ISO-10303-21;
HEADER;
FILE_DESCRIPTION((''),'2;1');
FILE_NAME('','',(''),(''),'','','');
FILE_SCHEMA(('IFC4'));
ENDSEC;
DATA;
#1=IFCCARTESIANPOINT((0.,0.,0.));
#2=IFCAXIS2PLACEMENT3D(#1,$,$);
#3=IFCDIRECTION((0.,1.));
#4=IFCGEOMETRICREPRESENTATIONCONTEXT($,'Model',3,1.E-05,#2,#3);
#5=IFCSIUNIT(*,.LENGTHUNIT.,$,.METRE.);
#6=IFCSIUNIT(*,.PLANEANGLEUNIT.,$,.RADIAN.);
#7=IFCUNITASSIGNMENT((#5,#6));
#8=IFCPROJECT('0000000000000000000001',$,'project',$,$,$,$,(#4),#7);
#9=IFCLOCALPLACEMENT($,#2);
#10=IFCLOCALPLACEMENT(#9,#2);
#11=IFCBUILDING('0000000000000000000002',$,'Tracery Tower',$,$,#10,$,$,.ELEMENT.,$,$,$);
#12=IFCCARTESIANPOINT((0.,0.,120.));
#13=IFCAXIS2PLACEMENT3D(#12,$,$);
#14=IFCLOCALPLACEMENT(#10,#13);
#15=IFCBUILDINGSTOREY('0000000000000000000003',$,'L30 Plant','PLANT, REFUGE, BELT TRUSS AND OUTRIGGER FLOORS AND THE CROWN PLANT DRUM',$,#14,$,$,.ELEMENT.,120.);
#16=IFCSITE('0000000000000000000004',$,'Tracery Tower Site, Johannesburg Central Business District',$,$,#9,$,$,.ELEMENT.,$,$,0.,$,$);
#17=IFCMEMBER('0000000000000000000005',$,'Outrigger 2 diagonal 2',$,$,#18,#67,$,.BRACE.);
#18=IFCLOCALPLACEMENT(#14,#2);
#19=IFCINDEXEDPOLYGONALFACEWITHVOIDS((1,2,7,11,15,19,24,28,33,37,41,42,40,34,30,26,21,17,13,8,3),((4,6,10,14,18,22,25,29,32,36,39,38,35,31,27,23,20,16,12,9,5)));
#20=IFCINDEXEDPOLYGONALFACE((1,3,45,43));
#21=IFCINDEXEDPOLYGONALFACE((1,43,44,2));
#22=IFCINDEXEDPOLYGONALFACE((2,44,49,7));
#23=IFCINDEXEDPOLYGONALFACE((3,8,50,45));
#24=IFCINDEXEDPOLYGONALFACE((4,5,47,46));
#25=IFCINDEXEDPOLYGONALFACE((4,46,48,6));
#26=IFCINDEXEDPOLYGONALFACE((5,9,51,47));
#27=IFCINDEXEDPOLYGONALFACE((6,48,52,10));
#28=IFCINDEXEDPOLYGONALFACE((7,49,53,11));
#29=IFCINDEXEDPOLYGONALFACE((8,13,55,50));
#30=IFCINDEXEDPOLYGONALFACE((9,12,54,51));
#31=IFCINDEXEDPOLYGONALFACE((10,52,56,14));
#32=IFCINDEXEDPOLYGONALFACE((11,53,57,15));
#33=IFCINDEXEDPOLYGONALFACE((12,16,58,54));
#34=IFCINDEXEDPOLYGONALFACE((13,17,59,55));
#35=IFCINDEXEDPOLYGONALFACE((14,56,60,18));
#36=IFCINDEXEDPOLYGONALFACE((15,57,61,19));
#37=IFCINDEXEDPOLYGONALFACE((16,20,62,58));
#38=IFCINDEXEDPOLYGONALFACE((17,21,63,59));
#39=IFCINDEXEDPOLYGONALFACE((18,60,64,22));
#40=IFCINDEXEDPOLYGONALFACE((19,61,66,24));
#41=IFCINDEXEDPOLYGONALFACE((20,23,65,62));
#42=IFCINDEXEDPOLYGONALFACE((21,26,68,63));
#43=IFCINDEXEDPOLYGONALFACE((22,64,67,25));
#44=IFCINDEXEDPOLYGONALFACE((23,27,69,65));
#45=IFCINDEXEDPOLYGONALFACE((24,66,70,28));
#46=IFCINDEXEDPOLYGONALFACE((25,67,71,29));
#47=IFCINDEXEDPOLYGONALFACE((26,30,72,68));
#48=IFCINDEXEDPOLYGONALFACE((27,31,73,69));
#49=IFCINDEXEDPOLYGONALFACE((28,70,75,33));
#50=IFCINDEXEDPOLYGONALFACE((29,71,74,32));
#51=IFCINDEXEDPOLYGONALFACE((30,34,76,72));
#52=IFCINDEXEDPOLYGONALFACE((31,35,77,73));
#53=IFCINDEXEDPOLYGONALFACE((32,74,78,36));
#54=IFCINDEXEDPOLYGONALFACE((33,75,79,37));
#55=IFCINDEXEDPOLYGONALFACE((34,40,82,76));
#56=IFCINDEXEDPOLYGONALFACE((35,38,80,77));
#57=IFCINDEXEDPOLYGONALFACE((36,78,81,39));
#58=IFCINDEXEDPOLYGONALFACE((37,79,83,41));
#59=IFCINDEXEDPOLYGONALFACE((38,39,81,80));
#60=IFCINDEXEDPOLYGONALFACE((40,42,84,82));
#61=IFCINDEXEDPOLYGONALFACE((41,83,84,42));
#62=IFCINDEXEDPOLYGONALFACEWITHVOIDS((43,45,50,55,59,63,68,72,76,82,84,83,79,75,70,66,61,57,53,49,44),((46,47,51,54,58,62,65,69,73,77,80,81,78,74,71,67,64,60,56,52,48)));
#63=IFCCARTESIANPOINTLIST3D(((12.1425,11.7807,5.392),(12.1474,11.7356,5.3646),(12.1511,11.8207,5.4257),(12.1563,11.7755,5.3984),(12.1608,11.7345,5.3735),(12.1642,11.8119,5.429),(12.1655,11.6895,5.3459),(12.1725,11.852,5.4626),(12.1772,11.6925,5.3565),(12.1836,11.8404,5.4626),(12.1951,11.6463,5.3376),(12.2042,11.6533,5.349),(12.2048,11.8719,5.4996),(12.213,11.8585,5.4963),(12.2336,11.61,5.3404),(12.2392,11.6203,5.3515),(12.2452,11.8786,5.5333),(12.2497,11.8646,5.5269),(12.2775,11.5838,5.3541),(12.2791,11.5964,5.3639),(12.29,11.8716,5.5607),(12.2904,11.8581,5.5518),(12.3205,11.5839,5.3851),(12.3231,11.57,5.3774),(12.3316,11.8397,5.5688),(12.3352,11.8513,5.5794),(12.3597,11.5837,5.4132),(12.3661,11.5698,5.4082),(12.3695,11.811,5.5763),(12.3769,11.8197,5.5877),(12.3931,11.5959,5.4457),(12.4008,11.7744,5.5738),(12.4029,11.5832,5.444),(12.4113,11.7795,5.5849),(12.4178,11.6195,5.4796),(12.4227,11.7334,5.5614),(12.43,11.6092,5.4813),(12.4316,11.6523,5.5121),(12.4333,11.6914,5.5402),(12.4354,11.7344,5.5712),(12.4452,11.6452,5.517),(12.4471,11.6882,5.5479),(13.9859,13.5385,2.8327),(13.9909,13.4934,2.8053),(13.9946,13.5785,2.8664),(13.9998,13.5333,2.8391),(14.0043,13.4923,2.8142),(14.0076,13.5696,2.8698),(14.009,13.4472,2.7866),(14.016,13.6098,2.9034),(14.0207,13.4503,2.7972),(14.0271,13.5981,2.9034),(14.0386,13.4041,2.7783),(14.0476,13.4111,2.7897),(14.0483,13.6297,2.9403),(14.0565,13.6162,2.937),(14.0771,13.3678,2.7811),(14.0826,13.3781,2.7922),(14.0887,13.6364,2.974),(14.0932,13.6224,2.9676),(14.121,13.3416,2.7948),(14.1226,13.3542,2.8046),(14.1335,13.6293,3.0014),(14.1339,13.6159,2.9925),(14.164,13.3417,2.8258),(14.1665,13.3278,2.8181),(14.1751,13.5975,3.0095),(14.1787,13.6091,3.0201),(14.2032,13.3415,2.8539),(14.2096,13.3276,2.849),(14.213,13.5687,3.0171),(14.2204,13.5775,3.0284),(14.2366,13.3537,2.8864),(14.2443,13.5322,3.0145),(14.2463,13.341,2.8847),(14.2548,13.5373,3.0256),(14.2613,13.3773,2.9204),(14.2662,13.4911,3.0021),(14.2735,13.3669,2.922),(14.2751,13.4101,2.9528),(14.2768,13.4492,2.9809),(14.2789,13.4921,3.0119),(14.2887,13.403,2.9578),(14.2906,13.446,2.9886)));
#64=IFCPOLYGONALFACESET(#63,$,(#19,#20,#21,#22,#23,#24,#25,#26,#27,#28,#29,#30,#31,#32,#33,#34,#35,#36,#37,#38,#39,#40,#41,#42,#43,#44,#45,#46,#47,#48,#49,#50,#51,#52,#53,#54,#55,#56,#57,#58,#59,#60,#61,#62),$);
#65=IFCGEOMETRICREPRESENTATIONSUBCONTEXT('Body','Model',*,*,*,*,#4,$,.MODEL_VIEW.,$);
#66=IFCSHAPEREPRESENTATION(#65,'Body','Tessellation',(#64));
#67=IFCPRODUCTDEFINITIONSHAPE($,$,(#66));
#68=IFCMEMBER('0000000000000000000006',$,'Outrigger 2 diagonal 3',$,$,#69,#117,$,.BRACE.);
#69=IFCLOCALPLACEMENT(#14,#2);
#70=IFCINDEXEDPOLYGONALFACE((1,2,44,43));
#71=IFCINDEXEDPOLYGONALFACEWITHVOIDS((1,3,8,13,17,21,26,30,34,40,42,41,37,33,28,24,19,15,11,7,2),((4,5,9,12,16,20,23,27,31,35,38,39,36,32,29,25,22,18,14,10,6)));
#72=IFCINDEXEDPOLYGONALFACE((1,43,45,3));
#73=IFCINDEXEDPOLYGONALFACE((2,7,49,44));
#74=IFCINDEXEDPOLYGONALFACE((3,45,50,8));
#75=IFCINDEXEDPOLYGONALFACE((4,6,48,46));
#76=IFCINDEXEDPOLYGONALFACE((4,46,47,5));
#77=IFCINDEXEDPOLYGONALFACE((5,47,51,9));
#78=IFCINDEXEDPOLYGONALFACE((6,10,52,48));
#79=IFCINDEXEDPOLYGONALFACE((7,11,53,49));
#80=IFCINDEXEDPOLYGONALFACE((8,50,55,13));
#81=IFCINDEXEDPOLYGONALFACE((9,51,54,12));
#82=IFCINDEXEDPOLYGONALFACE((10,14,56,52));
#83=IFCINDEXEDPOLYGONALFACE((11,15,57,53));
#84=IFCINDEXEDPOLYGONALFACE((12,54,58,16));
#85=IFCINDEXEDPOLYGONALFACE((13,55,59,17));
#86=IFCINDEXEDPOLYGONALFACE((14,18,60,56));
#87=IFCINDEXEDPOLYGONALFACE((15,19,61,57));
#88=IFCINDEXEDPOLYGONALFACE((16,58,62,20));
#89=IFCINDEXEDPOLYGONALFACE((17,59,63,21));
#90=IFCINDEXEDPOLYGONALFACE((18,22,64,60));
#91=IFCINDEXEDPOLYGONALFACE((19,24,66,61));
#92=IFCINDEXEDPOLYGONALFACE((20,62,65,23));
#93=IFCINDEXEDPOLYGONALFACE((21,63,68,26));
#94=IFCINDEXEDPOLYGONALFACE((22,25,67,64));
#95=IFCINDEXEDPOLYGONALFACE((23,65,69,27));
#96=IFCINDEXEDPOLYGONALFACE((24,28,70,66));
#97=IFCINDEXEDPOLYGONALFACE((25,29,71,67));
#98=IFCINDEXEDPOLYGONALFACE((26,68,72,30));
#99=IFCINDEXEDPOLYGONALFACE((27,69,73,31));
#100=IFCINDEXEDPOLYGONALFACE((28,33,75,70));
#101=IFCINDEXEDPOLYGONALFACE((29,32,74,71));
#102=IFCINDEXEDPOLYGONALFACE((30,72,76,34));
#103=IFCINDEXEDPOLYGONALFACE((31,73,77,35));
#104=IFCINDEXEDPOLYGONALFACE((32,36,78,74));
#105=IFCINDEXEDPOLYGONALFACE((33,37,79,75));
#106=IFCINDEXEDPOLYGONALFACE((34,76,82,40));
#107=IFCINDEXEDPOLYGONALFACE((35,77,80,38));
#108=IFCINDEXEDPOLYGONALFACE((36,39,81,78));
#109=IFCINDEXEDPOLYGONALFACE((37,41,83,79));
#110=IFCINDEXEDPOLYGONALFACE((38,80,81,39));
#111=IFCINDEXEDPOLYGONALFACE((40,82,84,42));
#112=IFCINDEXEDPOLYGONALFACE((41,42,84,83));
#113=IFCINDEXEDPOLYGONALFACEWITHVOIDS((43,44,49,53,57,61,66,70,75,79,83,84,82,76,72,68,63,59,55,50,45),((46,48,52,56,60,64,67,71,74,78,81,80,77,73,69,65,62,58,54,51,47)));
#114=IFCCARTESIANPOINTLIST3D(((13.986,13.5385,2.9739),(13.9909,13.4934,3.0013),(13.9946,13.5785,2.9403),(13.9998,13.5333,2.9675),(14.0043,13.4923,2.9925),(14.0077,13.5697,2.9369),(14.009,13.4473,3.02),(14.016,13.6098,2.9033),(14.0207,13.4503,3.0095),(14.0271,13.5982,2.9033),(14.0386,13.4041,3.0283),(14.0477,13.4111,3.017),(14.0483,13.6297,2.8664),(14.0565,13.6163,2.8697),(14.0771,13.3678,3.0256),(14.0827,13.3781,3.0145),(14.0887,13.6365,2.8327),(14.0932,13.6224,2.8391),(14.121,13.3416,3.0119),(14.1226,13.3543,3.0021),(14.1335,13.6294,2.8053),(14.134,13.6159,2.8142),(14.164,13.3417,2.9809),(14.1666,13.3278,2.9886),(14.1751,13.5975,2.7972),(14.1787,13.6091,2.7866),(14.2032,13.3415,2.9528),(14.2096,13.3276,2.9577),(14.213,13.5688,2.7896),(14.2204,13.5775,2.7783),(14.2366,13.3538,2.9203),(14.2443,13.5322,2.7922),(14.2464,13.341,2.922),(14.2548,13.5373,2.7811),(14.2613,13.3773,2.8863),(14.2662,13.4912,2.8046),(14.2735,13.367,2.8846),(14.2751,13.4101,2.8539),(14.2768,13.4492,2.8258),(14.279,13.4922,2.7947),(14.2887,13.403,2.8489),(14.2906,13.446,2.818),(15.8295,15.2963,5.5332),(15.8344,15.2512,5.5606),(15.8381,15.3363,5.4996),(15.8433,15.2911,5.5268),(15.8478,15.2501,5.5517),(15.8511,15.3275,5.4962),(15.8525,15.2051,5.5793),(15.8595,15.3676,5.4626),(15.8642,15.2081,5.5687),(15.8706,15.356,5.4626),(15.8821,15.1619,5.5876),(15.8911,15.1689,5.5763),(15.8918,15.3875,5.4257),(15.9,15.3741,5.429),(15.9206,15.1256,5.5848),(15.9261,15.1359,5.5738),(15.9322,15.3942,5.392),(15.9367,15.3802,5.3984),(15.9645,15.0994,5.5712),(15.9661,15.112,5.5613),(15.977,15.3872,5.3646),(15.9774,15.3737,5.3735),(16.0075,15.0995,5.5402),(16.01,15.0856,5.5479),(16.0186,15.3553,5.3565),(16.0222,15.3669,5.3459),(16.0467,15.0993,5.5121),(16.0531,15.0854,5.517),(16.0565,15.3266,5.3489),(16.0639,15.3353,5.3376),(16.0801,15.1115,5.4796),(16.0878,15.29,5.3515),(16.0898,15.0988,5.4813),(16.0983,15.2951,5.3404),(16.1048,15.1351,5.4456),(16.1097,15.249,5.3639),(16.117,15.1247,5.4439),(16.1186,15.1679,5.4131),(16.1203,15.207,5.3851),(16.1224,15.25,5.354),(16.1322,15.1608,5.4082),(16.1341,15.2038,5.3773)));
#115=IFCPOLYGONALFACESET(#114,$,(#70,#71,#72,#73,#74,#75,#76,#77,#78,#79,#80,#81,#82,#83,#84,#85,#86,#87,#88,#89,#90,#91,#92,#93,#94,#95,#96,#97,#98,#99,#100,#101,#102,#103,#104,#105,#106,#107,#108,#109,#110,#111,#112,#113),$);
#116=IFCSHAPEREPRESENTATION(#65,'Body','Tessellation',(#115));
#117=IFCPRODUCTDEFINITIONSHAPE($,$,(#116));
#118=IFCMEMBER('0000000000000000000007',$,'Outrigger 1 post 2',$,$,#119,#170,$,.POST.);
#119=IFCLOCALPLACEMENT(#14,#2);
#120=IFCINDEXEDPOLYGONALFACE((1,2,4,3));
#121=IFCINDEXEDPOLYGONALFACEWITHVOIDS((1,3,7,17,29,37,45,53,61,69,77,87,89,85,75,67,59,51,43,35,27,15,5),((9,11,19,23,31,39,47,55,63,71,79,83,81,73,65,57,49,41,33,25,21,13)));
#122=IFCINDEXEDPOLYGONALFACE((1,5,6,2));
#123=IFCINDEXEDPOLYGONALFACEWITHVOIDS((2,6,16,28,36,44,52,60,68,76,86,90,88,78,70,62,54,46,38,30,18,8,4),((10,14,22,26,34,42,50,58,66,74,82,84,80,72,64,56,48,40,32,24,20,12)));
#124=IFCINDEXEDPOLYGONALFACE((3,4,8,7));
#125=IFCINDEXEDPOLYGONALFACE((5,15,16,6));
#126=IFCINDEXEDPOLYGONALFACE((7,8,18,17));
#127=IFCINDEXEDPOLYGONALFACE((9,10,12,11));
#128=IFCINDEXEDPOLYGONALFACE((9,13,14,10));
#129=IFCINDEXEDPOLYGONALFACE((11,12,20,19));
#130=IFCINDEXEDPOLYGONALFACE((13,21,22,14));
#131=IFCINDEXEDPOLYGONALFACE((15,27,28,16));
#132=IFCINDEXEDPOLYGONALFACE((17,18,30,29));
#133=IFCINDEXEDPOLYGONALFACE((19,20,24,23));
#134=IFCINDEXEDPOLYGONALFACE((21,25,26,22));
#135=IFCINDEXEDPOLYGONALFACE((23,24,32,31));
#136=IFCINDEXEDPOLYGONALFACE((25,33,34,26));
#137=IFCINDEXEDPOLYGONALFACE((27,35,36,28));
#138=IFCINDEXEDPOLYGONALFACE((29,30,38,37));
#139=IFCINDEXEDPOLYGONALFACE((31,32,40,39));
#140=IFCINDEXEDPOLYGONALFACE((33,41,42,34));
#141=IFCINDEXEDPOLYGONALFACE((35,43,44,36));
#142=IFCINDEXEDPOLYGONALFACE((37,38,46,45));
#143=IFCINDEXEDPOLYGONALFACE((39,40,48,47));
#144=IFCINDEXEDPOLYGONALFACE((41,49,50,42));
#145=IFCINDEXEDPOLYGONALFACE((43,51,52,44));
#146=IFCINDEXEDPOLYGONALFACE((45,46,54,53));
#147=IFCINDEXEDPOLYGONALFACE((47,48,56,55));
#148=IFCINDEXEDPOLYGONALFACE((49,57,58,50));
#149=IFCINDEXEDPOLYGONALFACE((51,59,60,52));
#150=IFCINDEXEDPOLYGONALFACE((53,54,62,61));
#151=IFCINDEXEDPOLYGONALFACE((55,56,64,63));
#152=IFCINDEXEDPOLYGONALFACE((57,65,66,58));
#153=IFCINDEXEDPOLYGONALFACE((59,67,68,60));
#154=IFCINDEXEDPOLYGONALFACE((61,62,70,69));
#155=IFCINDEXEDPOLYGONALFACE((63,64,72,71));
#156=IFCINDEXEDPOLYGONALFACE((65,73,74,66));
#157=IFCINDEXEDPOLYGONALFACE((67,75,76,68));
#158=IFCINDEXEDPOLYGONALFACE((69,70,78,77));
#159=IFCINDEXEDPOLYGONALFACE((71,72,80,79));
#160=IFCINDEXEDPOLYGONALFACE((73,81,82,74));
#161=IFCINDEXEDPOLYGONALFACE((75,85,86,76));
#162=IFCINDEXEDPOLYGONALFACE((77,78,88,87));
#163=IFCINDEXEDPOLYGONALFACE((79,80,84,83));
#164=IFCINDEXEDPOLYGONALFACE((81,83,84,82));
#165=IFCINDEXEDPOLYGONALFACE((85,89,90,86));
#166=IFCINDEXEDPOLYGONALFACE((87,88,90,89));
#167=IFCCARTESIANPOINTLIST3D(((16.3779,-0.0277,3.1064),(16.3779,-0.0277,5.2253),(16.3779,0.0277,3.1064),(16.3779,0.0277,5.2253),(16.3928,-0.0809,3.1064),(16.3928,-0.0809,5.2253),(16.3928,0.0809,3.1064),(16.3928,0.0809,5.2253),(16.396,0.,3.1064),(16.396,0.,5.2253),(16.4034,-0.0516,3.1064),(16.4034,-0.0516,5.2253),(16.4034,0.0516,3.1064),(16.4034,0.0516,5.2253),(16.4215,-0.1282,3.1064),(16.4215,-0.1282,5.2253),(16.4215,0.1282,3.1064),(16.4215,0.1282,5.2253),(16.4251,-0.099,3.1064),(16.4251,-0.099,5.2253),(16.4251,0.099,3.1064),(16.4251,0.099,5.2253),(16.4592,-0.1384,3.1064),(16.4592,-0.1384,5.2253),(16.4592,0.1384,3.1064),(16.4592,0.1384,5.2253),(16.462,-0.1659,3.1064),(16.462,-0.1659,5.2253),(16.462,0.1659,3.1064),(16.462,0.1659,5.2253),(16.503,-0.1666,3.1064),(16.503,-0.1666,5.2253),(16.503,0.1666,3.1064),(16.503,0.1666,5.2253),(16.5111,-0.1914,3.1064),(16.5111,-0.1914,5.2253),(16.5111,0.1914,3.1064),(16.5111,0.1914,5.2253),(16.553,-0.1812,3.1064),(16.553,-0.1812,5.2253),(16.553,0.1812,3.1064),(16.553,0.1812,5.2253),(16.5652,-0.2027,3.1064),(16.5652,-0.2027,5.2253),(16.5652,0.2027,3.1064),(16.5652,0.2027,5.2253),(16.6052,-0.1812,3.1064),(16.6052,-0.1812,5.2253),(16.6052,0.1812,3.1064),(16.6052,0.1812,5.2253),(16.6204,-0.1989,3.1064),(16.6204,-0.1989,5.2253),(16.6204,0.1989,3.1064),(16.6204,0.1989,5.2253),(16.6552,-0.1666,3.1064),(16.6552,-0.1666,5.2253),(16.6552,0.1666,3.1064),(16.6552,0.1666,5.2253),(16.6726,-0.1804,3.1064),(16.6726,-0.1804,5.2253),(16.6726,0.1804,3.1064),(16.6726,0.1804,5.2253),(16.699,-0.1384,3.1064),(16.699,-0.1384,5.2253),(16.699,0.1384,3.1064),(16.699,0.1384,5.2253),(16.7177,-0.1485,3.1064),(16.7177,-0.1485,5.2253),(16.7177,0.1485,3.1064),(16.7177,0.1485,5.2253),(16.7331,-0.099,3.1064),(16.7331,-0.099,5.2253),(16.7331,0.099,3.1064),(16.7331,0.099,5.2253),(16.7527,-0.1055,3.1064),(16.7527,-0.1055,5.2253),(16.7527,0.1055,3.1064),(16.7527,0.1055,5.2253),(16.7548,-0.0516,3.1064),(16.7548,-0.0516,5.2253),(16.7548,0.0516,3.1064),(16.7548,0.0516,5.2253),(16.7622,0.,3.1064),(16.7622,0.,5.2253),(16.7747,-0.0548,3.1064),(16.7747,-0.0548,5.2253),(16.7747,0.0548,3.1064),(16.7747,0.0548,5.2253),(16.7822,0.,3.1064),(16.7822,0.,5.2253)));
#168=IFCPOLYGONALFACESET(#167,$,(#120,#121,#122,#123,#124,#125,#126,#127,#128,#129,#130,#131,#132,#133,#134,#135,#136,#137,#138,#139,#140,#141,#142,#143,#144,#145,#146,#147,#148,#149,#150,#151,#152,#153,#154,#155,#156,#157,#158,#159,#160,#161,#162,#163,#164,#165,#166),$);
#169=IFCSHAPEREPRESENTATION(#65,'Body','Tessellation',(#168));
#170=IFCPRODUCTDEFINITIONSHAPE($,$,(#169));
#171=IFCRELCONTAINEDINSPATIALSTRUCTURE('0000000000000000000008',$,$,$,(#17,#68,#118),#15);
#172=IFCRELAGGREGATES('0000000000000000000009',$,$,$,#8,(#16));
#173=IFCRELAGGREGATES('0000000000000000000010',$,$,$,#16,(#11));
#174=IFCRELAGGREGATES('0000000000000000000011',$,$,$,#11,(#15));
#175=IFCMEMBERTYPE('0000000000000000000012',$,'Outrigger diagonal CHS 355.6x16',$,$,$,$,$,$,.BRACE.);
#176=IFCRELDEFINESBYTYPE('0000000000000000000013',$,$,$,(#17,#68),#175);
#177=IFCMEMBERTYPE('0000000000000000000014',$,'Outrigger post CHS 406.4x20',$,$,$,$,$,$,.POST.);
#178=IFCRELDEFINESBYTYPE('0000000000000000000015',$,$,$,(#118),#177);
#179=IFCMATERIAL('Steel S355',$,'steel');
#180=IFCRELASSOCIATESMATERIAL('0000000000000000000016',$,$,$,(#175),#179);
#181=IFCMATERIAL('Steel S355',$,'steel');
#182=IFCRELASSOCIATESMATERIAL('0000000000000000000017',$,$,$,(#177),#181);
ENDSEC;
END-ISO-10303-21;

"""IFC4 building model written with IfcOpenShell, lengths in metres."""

from ifc_helpers import new_model, si_unit, direction, frame, origin, origin_2d, place, context, subcontext, project, spatial, hollow_circle, extrude, material, material_profile, profile_set, type_object, element, save


model = new_model("IFC4")

# Units and contexts
model_context = context("Model", 3, precision=1e-05, world=origin(), true_north=direction((0.0, 1.0)))
body_context = subcontext(model_context, "Body", "Model", "MODEL_VIEW")
ifc_project = project(units=[si_unit("LENGTHUNIT", "METRE"), si_unit("PLANEANGLEUNIT", "RADIAN")], contexts=[model_context])

# Site, building, storey
site_placement = place(None, origin())
site = spatial("IfcSite", under=ifc_project, at=site_placement, Name="Tracery Tower Site, Johannesburg Central Business District", CompositionType="ELEMENT", RefElevation=0.0)
building_placement = place(site_placement, origin())
building = spatial("IfcBuilding", under=site, at=building_placement, Name="Tracery Tower", CompositionType="ELEMENT")
storey_placement = place(building_placement, frame((0.0, 0.0, 120.0)))
storey = spatial("IfcBuildingStorey", under=building, at=storey_placement, Name="L30 Plant", Description="PLANT, REFUGE, BELT TRUSS AND OUTRIGGER FLOORS AND THE CROWN PLANT DRUM", CompositionType="ELEMENT", Elevation=120.0)

# Members
ifc_material_1 = material(Name="Steel S355", Category="steel")
ifc_material_profile_1 = material_profile(ifc_material_1, hollow_circle(Radius=0.1777, WallThickness=0.0161, at=origin_2d()), Name="CHS 355.6x16")
ifc_profile_set_1 = profile_set([ifc_material_profile_1], Name="Steel S355")
member_type_1 = type_object("IfcMemberType", Name="Outrigger diagonal CHS 355.6x16", PredefinedType="BRACE", material=ifc_profile_set_1)
for number, where, z_axis, x_axis, name in (
    (1, (12.2952, 11.7234, 5.4626), (0.51054, 0.486808, -0.708779), (-0.690086, 0.723728, 0.0), "Outrigger 2 diagonal 2"),
    (2, (14.1387, 13.4812, 2.9033), (0.51054, 0.486808, 0.708779), (-0.690086, 0.723728, 0.0), "Outrigger 2 diagonal 3"),
):
    element("IfcMember", number, at=place(storey_placement, frame(where, z_axis=z_axis, x_axis=x_axis)), inside=storey, type_object=member_type_1, Name=name, PredefinedType="BRACE", context=body_context, shape_type="SweptSolid", body=[
        extrude(hollow_circle(Radius=0.1777, WallThickness=0.0161, at=origin_2d()), origin(), (0.0, 0.0, 1.0), 3.6108),
    ])
ifc_material_2 = material(Name="Steel S355", Category="steel")
ifc_material_profile_2 = material_profile(ifc_material_2, hollow_circle(Radius=0.2031, WallThickness=0.02, at=origin_2d()), Name="CHS 406.4x20")
ifc_profile_set_2 = profile_set([ifc_material_profile_2], Name="Steel S355")
member_type_2 = type_object("IfcMemberType", Name="Outrigger post CHS 406.4x20", PredefinedType="POST", material=ifc_profile_set_2)
for number, where, z_axis, x_axis, name in (
    (3, (16.5791, 0.0, 3.1064), (0.0, 0.0, 1.0), (1.0, 0.0, 0.0), "Outrigger 1 post 2"),
):
    element("IfcMember", number, at=place(storey_placement, frame(where, z_axis=z_axis, x_axis=x_axis)), inside=storey, type_object=member_type_2, Name=name, PredefinedType="POST", context=body_context, shape_type="SweptSolid", body=[
        extrude(hollow_circle(Radius=0.2031, WallThickness=0.02, at=origin_2d()), origin(), (0.0, 0.0, 1.0), 2.1189),
    ])

save(model, "model.ifc")
